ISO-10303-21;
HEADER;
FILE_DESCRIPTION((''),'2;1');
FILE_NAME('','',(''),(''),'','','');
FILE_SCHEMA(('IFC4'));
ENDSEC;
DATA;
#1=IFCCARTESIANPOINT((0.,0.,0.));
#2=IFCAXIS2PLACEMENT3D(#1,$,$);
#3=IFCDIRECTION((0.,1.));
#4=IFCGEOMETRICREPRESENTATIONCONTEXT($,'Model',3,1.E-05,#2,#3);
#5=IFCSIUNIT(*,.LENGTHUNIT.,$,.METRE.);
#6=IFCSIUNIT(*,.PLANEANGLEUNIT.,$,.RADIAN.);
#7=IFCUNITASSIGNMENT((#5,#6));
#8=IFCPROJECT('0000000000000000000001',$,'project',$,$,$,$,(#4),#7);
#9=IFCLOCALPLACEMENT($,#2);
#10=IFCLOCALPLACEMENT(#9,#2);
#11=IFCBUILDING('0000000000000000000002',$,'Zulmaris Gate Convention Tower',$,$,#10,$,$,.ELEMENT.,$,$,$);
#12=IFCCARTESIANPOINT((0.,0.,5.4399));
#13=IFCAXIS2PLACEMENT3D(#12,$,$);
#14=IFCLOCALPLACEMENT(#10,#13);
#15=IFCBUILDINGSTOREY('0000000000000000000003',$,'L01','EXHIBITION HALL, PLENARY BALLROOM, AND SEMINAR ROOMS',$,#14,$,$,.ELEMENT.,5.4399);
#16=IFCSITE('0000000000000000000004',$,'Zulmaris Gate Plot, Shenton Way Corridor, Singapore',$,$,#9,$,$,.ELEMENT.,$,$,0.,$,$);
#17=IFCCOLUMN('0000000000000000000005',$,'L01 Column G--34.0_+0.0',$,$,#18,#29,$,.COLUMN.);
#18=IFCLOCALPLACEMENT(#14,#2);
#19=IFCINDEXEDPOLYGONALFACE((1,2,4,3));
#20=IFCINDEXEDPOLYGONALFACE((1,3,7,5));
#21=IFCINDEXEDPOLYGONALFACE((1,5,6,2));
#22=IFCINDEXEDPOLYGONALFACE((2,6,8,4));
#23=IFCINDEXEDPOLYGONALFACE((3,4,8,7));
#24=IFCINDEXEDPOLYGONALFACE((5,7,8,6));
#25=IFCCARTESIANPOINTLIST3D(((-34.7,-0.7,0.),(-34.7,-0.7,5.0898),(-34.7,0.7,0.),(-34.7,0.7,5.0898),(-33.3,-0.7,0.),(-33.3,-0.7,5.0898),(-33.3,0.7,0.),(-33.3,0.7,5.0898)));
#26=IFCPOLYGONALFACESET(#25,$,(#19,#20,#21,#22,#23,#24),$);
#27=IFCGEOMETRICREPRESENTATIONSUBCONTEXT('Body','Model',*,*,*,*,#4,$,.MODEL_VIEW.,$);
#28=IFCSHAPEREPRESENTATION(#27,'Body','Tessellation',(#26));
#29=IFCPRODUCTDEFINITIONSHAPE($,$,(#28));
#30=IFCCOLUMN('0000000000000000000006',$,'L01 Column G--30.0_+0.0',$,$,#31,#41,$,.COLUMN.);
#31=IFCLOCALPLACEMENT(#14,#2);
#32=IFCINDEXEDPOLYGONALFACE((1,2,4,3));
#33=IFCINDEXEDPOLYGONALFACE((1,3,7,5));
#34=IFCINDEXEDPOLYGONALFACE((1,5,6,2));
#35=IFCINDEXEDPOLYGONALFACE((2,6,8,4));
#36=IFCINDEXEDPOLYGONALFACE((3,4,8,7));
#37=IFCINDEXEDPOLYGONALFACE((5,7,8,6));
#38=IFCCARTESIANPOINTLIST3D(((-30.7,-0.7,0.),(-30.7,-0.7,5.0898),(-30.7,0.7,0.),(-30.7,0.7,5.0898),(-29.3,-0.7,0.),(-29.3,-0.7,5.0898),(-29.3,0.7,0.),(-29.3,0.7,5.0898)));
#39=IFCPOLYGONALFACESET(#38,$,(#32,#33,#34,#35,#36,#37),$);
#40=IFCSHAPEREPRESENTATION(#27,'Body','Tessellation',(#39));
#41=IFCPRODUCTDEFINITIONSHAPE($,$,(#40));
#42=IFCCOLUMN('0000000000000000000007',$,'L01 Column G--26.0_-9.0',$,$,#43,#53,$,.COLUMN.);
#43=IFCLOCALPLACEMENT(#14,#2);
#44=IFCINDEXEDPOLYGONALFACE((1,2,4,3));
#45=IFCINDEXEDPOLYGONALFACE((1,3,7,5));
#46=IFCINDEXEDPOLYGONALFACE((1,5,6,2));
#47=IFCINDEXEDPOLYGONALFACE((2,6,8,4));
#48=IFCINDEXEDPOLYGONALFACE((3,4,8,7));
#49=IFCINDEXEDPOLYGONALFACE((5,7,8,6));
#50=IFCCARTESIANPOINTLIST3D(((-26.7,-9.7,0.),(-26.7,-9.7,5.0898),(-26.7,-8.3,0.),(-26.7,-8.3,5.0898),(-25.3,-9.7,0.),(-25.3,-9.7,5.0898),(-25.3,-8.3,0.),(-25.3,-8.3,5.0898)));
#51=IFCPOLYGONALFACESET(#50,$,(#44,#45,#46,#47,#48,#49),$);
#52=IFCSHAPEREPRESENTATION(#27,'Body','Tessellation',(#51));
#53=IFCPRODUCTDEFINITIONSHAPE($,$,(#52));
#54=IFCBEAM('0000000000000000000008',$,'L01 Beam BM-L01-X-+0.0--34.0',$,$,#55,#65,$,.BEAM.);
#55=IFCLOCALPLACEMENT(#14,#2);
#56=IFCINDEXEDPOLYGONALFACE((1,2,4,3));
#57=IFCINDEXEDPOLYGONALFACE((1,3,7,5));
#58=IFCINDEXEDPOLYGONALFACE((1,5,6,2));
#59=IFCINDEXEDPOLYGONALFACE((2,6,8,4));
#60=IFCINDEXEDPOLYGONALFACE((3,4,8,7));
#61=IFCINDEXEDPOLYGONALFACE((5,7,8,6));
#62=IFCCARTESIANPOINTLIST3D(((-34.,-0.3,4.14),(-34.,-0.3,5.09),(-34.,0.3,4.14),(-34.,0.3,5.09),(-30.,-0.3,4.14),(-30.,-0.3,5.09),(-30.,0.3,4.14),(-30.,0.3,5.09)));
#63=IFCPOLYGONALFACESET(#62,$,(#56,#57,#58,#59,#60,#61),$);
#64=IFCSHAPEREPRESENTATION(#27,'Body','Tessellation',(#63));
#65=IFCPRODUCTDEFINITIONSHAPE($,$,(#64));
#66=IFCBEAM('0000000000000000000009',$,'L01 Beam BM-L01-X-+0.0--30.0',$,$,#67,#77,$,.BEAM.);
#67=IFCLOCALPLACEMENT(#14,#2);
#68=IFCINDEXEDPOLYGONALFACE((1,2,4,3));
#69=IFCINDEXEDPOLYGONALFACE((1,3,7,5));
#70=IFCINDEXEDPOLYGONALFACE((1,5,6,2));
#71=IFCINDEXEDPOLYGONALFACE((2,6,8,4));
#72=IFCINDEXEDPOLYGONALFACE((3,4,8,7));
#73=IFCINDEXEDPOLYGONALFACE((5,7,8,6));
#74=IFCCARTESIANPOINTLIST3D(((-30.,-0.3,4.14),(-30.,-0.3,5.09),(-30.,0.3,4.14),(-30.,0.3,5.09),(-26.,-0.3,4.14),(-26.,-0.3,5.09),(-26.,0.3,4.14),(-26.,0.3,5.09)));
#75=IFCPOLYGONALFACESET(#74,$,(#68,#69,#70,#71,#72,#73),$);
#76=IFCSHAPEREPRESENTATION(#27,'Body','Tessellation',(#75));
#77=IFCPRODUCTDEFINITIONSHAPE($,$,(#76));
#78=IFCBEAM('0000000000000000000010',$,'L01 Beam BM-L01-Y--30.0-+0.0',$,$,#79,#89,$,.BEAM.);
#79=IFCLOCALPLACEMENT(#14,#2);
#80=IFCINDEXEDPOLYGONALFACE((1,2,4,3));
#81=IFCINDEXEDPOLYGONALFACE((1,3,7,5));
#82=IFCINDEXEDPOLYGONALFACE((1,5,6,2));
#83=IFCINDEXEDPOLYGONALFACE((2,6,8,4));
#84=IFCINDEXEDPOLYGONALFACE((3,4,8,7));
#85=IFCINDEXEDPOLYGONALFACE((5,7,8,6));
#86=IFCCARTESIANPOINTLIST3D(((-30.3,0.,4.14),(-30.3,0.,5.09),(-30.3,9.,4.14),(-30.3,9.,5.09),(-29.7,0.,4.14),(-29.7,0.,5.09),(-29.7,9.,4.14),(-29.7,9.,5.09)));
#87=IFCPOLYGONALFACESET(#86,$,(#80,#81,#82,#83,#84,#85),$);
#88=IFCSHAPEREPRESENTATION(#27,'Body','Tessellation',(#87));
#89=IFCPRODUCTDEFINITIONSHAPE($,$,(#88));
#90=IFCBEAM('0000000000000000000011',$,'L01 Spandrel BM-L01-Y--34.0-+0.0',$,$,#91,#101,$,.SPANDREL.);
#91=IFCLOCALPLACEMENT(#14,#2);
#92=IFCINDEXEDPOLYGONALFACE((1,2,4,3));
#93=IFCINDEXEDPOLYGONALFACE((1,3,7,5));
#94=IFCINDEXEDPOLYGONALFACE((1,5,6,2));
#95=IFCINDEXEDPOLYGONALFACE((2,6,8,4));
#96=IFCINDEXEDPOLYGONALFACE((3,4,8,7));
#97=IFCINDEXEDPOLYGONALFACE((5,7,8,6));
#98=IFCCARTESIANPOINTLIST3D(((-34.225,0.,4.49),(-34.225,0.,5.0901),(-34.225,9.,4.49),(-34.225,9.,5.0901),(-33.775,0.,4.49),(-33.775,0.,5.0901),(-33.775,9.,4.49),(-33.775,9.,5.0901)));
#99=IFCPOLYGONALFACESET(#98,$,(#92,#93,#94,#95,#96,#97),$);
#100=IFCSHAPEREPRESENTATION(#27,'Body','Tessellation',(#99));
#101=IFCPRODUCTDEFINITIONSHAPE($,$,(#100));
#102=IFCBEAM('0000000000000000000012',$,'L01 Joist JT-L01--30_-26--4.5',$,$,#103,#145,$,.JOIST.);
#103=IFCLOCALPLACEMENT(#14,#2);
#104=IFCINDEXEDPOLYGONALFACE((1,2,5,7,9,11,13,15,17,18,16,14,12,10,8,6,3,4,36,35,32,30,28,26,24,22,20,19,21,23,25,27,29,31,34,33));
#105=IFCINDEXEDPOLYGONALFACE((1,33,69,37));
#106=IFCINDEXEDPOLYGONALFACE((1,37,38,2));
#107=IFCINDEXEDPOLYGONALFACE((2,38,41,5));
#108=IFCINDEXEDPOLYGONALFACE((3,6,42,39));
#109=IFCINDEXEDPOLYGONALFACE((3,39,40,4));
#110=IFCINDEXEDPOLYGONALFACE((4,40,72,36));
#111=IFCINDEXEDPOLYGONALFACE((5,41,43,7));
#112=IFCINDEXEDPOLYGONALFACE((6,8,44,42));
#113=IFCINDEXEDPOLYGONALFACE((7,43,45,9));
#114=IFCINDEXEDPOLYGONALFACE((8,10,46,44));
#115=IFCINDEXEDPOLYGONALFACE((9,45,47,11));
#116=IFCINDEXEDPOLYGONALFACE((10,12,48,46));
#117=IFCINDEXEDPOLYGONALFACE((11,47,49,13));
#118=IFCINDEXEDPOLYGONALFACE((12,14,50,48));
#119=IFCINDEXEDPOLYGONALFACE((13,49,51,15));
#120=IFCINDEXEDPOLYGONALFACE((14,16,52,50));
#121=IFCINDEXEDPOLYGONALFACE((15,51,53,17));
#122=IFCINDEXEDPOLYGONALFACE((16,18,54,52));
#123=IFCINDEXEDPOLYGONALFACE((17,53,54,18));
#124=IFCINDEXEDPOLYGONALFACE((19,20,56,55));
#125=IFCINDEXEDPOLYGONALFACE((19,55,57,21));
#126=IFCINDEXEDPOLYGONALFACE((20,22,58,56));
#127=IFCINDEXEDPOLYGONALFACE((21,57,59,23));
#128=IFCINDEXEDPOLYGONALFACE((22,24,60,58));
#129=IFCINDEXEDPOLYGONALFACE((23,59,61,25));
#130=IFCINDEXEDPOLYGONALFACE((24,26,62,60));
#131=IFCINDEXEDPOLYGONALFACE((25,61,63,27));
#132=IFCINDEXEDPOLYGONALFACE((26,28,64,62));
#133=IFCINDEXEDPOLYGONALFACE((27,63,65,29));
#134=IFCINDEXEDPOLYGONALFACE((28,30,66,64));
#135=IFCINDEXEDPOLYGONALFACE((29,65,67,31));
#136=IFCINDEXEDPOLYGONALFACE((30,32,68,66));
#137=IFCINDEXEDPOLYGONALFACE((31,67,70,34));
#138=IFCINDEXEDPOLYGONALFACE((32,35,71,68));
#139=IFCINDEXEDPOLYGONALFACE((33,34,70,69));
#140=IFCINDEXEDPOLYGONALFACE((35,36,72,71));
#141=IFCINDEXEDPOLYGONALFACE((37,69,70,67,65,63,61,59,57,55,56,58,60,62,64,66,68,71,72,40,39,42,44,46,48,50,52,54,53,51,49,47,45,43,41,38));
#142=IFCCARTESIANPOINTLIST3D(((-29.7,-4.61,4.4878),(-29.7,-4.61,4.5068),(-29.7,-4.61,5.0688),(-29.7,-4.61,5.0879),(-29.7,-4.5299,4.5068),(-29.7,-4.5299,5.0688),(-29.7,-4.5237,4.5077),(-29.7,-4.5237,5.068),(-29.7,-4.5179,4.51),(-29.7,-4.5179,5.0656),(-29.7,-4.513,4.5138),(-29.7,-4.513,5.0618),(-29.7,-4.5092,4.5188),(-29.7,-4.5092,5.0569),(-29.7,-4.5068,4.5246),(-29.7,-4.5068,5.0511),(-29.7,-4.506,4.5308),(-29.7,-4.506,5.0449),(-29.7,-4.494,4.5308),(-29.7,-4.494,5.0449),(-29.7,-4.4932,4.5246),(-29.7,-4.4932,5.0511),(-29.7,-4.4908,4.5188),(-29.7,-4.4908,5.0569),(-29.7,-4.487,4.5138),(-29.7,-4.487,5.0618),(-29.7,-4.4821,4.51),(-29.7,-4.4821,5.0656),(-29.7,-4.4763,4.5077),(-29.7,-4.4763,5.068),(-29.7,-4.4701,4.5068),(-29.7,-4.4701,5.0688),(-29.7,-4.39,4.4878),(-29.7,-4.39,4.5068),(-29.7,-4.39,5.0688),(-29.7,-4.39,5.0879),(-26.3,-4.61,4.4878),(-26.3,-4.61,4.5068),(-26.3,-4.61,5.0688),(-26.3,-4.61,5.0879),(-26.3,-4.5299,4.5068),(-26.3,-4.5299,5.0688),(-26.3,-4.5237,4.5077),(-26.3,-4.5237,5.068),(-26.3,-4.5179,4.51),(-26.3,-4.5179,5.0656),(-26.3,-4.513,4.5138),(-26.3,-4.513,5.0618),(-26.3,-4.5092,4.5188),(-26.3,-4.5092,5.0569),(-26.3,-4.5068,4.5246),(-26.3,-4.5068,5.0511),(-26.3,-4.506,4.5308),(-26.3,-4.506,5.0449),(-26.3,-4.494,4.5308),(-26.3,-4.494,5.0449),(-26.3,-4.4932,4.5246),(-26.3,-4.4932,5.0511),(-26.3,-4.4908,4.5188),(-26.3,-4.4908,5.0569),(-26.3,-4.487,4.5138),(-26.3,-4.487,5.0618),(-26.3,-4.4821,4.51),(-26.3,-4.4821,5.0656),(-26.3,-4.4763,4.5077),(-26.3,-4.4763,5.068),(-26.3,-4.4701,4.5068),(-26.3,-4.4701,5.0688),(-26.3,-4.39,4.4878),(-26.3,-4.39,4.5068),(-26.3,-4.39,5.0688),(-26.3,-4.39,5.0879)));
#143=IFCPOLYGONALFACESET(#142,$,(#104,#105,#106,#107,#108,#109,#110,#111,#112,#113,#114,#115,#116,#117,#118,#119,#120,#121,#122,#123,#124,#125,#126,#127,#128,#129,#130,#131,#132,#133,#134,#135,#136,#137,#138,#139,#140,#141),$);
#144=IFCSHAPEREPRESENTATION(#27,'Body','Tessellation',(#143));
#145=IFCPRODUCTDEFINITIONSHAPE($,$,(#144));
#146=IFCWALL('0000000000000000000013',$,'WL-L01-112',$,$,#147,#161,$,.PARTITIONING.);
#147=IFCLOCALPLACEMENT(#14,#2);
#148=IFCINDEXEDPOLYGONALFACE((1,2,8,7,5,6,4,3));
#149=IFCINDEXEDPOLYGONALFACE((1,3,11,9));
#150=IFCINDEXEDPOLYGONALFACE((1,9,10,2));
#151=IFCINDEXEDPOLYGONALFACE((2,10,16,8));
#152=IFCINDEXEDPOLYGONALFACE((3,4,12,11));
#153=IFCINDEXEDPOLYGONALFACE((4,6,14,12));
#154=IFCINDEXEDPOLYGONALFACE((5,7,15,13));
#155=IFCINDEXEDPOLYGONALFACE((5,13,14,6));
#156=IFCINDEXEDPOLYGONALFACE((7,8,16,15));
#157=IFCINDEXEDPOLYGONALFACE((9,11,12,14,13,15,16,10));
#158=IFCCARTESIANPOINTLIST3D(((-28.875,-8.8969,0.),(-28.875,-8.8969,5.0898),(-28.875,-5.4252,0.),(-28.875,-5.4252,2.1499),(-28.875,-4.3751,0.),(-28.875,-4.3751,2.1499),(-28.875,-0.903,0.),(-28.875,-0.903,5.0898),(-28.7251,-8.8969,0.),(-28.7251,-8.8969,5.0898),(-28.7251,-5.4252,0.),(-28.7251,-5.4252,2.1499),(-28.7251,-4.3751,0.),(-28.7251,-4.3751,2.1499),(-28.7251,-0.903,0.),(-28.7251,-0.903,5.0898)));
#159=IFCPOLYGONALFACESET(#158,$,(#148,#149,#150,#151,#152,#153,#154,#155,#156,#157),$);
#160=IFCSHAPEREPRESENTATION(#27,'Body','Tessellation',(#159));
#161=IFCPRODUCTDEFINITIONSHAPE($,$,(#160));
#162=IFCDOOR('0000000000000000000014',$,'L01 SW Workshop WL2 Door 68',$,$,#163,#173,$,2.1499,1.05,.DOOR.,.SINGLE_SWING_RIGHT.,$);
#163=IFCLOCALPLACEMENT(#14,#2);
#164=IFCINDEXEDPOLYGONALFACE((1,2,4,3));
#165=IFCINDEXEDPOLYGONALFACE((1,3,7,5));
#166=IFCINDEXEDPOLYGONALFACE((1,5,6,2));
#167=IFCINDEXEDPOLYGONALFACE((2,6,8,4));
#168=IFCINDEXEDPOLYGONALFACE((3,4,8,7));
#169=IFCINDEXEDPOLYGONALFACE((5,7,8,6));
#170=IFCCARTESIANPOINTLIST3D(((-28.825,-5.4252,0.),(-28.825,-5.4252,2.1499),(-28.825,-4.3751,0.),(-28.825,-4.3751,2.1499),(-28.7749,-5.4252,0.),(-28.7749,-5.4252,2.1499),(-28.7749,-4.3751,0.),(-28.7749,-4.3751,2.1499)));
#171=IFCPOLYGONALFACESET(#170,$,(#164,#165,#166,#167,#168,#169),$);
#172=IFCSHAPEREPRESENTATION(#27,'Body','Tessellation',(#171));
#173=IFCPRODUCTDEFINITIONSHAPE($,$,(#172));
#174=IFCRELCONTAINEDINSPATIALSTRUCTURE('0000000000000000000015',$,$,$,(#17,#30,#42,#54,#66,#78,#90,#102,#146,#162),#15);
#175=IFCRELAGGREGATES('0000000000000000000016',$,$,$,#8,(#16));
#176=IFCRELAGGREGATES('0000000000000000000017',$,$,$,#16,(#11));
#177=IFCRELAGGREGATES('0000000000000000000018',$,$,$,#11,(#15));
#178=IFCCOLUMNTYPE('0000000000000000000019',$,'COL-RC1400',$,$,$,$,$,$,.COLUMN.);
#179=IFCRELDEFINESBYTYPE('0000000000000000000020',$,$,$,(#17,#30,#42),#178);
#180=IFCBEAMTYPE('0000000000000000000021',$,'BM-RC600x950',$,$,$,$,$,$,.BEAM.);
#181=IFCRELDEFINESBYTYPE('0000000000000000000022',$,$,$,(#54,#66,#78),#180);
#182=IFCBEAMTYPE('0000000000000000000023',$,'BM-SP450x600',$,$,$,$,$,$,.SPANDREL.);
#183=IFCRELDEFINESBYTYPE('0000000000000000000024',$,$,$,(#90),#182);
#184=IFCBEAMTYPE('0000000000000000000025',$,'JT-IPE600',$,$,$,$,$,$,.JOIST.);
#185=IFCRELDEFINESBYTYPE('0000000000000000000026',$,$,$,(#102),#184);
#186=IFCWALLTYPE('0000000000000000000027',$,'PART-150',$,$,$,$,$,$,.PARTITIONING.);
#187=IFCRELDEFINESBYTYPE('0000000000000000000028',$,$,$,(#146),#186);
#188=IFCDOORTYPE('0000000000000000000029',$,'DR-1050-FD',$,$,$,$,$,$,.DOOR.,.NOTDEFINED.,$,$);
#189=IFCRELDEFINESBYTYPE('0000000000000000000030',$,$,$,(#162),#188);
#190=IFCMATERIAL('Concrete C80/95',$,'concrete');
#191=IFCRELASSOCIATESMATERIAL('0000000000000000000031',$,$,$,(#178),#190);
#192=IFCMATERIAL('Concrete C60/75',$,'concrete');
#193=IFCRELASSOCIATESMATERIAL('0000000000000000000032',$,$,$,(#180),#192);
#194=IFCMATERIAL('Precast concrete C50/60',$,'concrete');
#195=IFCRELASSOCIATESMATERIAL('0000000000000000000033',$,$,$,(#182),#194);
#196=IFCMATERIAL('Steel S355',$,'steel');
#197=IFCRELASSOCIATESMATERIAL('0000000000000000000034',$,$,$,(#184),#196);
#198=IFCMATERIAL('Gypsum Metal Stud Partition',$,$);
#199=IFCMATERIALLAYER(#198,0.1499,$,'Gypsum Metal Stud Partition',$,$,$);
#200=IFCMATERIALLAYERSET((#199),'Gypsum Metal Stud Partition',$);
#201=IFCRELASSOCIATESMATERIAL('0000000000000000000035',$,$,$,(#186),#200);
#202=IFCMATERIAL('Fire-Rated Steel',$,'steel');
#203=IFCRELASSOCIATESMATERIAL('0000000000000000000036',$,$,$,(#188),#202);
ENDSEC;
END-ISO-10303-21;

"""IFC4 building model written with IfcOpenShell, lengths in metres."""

from ifc_helpers import new_model, si_unit, direction, frame, frame_2d, origin, origin_2d, place, context, subcontext, project, spatial, rectangle, i_section, extrude, material, layer, layer_set, material_profile, profile_set, type_object, element, fill, save


model = new_model("IFC4")

# Units and contexts
model_context = context("Model", 3, precision=1e-05, world=origin(), true_north=direction((0.0, 1.0)))
body_context = subcontext(model_context, "Body", "Model", "MODEL_VIEW")
ifc_project = project(units=[si_unit("LENGTHUNIT", "METRE"), si_unit("PLANEANGLEUNIT", "RADIAN")], contexts=[model_context])

# Site, building, storey
site_placement = place(None, origin())
site = spatial("IfcSite", under=ifc_project, at=site_placement, Name="Zulmaris Gate Plot, Shenton Way Corridor, Singapore", CompositionType="ELEMENT", RefElevation=0.0)
building_placement = place(site_placement, origin())
building = spatial("IfcBuilding", under=site, at=building_placement, Name="Zulmaris Gate Convention Tower", CompositionType="ELEMENT")
storey_placement = place(building_placement, frame((0.0, 0.0, 5.4399)))
storey = spatial("IfcBuildingStorey", under=building, at=storey_placement, Name="L01", Description="EXHIBITION HALL, PLENARY BALLROOM, AND SEMINAR ROOMS", CompositionType="ELEMENT", Elevation=5.4399)

# Columns
ifc_material_1 = material(Name="Concrete C80/95", Category="concrete")
ifc_material_profile_1 = material_profile(ifc_material_1, rectangle(XDim=1.3999, YDim=1.3999, at=origin_2d()), Name="RC COL 1400x1400")
ifc_profile_set_1 = profile_set([ifc_material_profile_1], Name="Concrete C80/95")
column_type = type_object("IfcColumnType", Name="COL-RC1400", PredefinedType="COLUMN", material=ifc_profile_set_1)
for number, where, z_axis, x_axis, name in (
    (1, (-34.0, 0.0, 0.0), (0.0, 0.0, 1.0), (1.0, 0.0, 0.0), "L01 Column G--34.0_+0.0"),
    (2, (-30.0, 0.0, 0.0), (0.0, 0.0, 1.0), (1.0, 0.0, 0.0), "L01 Column G--30.0_+0.0"),
    (3, (-26.0, -9.0, 0.0), (0.0, 0.0, 1.0), (1.0, 0.0, 0.0), "L01 Column G--26.0_-9.0"),
):
    element("IfcColumn", number, at=place(storey_placement, frame(where, z_axis=z_axis, x_axis=x_axis)), inside=storey, type_object=column_type, Name=name, PredefinedType="COLUMN", context=body_context, shape_type="SweptSolid", body=[
        extrude(rectangle(XDim=1.3999, YDim=1.3999, at=origin_2d()), origin(), (0.0, 0.0, 1.0), 5.0898),
    ])

# Beams
ifc_material_2 = material(Name="Concrete C60/75", Category="concrete")
ifc_material_profile_2 = material_profile(ifc_material_2, rectangle(XDim=0.6001, YDim=0.95, at=origin_2d()), Name="RC BEAM 600x950")
ifc_profile_set_2 = profile_set([ifc_material_profile_2], Name="Concrete C60/75")
beam_type_1 = type_object("IfcBeamType", Name="BM-RC600x950", PredefinedType="BEAM", material=ifc_profile_set_2)
for number, where, z_axis, x_axis, name in (
    (4, (-34.0, 0.0, 4.615), (1.0, 0.0, 0.0), (0.0, 1.0, 0.0), "L01 Beam BM-L01-X-+0.0--34.0"),
    (5, (-30.0, 0.0, 4.615), (1.0, 0.0, 0.0), (0.0, 1.0, 0.0), "L01 Beam BM-L01-X-+0.0--30.0"),
):
    element("IfcBeam", number, at=place(storey_placement, frame(where, z_axis=z_axis, x_axis=x_axis)), inside=storey, type_object=beam_type_1, Name=name, PredefinedType="BEAM", context=body_context, shape_type="SweptSolid", body=[
        extrude(rectangle(XDim=0.6001, YDim=0.95, at=origin_2d()), origin(), (0.0, 0.0, 1.0), 4.0),
    ])
beam_1_placement = place(storey_placement, frame((-30.0, 0.0, 4.615), z_axis=(0.0, 1.0, 0.0), x_axis=(-1.0, 0.0, 0.0)))
element("IfcBeam", 6, at=beam_1_placement, inside=storey, type_object=beam_type_1, Name="L01 Beam BM-L01-Y--30.0-+0.0", PredefinedType="BEAM", context=body_context, shape_type="SweptSolid", body=[
    extrude(rectangle(XDim=0.6001, YDim=0.95, at=origin_2d()), origin(), (0.0, 0.0, 1.0), 9.0),
])
ifc_material_3 = material(Name="Precast concrete C50/60", Category="concrete")
ifc_material_profile_3 = material_profile(ifc_material_3, rectangle(XDim=0.45, YDim=0.6001, at=origin_2d()), Name="RC SPANDREL 450x600")
ifc_profile_set_3 = profile_set([ifc_material_profile_3], Name="Precast concrete C50/60")
beam_type_2 = type_object("IfcBeamType", Name="BM-SP450x600", PredefinedType="SPANDREL", material=ifc_profile_set_3)
beam_2_placement = place(storey_placement, frame((-34.0, 0.0, 4.79), z_axis=(0.0, 1.0, 0.0), x_axis=(-1.0, 0.0, 0.0)))
element("IfcBeam", 7, at=beam_2_placement, inside=storey, type_object=beam_type_2, Name="L01 Spandrel BM-L01-Y--34.0-+0.0", PredefinedType="SPANDREL", context=body_context, shape_type="SweptSolid", body=[
    extrude(rectangle(XDim=0.45, YDim=0.6001, at=origin_2d()), origin(), (0.0, 0.0, 1.0), 9.0),
])
ifc_material_4 = material(Name="Steel S355", Category="steel")
ifc_material_profile_4 = material_profile(ifc_material_4, i_section(OverallWidth=0.22, OverallDepth=0.6001, WebThickness=0.012, FlangeThickness=0.019, FilletRadius=0.0239, at=origin_2d()), Name="IPE 600")
ifc_profile_set_4 = profile_set([ifc_material_profile_4], Name="Steel S355")
beam_type_3 = type_object("IfcBeamType", Name="JT-IPE600", PredefinedType="JOIST", material=ifc_profile_set_4)
beam_3_placement = place(storey_placement, frame((-29.7, -4.5, 4.7878), z_axis=(1.0, 0.0, 0.0), x_axis=(0.0, 1.0, 0.0)))
element("IfcBeam", 8, at=beam_3_placement, inside=storey, type_object=beam_type_3, Name="L01 Joist JT-L01--30_-26--4.5", PredefinedType="JOIST", context=body_context, shape_type="SweptSolid", body=[
    extrude(i_section(OverallWidth=0.22, OverallDepth=0.6001, WebThickness=0.012, FlangeThickness=0.019, FilletRadius=0.0239, at=origin_2d()), origin(), (0.0, 0.0, 1.0), 3.3999),
])

# Wall, opening, door
ifc_material_5 = material(Name="Gypsum Metal Stud Partition")
ifc_layer_1 = layer(ifc_material_5, 0.1499, Name="Gypsum Metal Stud Partition")
ifc_layer_set_1 = layer_set([ifc_layer_1], Name="Gypsum Metal Stud Partition")
wall_type_1 = type_object("IfcWallType", Name="PART-150", PredefinedType="PARTITIONING", material=ifc_layer_set_1)
wall_1_placement = place(storey_placement, frame((-28.8, -8.897, 0.0), z_axis=(0.0, 0.0, 1.0), x_axis=(0.0, 1.0, 0.0)))
wall_1 = element("IfcWall", 9, at=wall_1_placement, inside=storey, type_object=wall_type_1, Name="WL-L01-112", PredefinedType="PARTITIONING", context=body_context, shape_type="SweptSolid", body=[
    extrude(rectangle(XDim=7.9939, YDim=0.1499, at=frame_2d((3.9971, 0.0))), origin(), (0.0, 0.0, 1.0), 5.0898),
])
opening_1_placement = place(wall_1_placement, frame((3.4719, 0.0, 0.0)))
opening_1 = element("IfcOpeningElement", 10, at=opening_1_placement, cuts=wall_1, PredefinedType="OPENING", context=body_context, shape_type="SweptSolid", body=[
    extrude(rectangle(XDim=1.05, YDim=2.1499, at=frame_2d((0.5249, 1.075))), frame((0.0, 0.085, 0.0), z_axis=(0.0, -1.0, 0.0), x_axis=(1.0, 0.0, 0.0)), (0.0, 0.0, 1.0), 0.1699),
])
ifc_material_6 = material(Name="Fire-Rated Steel", Category="steel")
door_type_1 = type_object("IfcDoorType", Name="DR-1050-FD", OperationType="NOTDEFINED", PredefinedType="DOOR", material=ifc_material_6)
door_1_placement = place(opening_1_placement, origin())
door_1 = element("IfcDoor", 11, at=door_1_placement, inside=storey, type_object=door_type_1, Name="L01 SW Workshop WL2 Door 68", OperationType="SINGLE_SWING_RIGHT", OverallHeight=2.1499, OverallWidth=1.05, PredefinedType="DOOR", context=body_context, shape_type="SweptSolid", body=[
    extrude(rectangle(XDim=1.05, YDim=2.1499, at=frame_2d((0.5249, 1.075))), frame((0.0, 0.0249, 0.0), z_axis=(0.0, -1.0, 0.0), x_axis=(1.0, 0.0, 0.0)), (0.0, 0.0, 1.0), 0.05),
])
fill(opening_1, door_1)

save(model, "model.ifc")
